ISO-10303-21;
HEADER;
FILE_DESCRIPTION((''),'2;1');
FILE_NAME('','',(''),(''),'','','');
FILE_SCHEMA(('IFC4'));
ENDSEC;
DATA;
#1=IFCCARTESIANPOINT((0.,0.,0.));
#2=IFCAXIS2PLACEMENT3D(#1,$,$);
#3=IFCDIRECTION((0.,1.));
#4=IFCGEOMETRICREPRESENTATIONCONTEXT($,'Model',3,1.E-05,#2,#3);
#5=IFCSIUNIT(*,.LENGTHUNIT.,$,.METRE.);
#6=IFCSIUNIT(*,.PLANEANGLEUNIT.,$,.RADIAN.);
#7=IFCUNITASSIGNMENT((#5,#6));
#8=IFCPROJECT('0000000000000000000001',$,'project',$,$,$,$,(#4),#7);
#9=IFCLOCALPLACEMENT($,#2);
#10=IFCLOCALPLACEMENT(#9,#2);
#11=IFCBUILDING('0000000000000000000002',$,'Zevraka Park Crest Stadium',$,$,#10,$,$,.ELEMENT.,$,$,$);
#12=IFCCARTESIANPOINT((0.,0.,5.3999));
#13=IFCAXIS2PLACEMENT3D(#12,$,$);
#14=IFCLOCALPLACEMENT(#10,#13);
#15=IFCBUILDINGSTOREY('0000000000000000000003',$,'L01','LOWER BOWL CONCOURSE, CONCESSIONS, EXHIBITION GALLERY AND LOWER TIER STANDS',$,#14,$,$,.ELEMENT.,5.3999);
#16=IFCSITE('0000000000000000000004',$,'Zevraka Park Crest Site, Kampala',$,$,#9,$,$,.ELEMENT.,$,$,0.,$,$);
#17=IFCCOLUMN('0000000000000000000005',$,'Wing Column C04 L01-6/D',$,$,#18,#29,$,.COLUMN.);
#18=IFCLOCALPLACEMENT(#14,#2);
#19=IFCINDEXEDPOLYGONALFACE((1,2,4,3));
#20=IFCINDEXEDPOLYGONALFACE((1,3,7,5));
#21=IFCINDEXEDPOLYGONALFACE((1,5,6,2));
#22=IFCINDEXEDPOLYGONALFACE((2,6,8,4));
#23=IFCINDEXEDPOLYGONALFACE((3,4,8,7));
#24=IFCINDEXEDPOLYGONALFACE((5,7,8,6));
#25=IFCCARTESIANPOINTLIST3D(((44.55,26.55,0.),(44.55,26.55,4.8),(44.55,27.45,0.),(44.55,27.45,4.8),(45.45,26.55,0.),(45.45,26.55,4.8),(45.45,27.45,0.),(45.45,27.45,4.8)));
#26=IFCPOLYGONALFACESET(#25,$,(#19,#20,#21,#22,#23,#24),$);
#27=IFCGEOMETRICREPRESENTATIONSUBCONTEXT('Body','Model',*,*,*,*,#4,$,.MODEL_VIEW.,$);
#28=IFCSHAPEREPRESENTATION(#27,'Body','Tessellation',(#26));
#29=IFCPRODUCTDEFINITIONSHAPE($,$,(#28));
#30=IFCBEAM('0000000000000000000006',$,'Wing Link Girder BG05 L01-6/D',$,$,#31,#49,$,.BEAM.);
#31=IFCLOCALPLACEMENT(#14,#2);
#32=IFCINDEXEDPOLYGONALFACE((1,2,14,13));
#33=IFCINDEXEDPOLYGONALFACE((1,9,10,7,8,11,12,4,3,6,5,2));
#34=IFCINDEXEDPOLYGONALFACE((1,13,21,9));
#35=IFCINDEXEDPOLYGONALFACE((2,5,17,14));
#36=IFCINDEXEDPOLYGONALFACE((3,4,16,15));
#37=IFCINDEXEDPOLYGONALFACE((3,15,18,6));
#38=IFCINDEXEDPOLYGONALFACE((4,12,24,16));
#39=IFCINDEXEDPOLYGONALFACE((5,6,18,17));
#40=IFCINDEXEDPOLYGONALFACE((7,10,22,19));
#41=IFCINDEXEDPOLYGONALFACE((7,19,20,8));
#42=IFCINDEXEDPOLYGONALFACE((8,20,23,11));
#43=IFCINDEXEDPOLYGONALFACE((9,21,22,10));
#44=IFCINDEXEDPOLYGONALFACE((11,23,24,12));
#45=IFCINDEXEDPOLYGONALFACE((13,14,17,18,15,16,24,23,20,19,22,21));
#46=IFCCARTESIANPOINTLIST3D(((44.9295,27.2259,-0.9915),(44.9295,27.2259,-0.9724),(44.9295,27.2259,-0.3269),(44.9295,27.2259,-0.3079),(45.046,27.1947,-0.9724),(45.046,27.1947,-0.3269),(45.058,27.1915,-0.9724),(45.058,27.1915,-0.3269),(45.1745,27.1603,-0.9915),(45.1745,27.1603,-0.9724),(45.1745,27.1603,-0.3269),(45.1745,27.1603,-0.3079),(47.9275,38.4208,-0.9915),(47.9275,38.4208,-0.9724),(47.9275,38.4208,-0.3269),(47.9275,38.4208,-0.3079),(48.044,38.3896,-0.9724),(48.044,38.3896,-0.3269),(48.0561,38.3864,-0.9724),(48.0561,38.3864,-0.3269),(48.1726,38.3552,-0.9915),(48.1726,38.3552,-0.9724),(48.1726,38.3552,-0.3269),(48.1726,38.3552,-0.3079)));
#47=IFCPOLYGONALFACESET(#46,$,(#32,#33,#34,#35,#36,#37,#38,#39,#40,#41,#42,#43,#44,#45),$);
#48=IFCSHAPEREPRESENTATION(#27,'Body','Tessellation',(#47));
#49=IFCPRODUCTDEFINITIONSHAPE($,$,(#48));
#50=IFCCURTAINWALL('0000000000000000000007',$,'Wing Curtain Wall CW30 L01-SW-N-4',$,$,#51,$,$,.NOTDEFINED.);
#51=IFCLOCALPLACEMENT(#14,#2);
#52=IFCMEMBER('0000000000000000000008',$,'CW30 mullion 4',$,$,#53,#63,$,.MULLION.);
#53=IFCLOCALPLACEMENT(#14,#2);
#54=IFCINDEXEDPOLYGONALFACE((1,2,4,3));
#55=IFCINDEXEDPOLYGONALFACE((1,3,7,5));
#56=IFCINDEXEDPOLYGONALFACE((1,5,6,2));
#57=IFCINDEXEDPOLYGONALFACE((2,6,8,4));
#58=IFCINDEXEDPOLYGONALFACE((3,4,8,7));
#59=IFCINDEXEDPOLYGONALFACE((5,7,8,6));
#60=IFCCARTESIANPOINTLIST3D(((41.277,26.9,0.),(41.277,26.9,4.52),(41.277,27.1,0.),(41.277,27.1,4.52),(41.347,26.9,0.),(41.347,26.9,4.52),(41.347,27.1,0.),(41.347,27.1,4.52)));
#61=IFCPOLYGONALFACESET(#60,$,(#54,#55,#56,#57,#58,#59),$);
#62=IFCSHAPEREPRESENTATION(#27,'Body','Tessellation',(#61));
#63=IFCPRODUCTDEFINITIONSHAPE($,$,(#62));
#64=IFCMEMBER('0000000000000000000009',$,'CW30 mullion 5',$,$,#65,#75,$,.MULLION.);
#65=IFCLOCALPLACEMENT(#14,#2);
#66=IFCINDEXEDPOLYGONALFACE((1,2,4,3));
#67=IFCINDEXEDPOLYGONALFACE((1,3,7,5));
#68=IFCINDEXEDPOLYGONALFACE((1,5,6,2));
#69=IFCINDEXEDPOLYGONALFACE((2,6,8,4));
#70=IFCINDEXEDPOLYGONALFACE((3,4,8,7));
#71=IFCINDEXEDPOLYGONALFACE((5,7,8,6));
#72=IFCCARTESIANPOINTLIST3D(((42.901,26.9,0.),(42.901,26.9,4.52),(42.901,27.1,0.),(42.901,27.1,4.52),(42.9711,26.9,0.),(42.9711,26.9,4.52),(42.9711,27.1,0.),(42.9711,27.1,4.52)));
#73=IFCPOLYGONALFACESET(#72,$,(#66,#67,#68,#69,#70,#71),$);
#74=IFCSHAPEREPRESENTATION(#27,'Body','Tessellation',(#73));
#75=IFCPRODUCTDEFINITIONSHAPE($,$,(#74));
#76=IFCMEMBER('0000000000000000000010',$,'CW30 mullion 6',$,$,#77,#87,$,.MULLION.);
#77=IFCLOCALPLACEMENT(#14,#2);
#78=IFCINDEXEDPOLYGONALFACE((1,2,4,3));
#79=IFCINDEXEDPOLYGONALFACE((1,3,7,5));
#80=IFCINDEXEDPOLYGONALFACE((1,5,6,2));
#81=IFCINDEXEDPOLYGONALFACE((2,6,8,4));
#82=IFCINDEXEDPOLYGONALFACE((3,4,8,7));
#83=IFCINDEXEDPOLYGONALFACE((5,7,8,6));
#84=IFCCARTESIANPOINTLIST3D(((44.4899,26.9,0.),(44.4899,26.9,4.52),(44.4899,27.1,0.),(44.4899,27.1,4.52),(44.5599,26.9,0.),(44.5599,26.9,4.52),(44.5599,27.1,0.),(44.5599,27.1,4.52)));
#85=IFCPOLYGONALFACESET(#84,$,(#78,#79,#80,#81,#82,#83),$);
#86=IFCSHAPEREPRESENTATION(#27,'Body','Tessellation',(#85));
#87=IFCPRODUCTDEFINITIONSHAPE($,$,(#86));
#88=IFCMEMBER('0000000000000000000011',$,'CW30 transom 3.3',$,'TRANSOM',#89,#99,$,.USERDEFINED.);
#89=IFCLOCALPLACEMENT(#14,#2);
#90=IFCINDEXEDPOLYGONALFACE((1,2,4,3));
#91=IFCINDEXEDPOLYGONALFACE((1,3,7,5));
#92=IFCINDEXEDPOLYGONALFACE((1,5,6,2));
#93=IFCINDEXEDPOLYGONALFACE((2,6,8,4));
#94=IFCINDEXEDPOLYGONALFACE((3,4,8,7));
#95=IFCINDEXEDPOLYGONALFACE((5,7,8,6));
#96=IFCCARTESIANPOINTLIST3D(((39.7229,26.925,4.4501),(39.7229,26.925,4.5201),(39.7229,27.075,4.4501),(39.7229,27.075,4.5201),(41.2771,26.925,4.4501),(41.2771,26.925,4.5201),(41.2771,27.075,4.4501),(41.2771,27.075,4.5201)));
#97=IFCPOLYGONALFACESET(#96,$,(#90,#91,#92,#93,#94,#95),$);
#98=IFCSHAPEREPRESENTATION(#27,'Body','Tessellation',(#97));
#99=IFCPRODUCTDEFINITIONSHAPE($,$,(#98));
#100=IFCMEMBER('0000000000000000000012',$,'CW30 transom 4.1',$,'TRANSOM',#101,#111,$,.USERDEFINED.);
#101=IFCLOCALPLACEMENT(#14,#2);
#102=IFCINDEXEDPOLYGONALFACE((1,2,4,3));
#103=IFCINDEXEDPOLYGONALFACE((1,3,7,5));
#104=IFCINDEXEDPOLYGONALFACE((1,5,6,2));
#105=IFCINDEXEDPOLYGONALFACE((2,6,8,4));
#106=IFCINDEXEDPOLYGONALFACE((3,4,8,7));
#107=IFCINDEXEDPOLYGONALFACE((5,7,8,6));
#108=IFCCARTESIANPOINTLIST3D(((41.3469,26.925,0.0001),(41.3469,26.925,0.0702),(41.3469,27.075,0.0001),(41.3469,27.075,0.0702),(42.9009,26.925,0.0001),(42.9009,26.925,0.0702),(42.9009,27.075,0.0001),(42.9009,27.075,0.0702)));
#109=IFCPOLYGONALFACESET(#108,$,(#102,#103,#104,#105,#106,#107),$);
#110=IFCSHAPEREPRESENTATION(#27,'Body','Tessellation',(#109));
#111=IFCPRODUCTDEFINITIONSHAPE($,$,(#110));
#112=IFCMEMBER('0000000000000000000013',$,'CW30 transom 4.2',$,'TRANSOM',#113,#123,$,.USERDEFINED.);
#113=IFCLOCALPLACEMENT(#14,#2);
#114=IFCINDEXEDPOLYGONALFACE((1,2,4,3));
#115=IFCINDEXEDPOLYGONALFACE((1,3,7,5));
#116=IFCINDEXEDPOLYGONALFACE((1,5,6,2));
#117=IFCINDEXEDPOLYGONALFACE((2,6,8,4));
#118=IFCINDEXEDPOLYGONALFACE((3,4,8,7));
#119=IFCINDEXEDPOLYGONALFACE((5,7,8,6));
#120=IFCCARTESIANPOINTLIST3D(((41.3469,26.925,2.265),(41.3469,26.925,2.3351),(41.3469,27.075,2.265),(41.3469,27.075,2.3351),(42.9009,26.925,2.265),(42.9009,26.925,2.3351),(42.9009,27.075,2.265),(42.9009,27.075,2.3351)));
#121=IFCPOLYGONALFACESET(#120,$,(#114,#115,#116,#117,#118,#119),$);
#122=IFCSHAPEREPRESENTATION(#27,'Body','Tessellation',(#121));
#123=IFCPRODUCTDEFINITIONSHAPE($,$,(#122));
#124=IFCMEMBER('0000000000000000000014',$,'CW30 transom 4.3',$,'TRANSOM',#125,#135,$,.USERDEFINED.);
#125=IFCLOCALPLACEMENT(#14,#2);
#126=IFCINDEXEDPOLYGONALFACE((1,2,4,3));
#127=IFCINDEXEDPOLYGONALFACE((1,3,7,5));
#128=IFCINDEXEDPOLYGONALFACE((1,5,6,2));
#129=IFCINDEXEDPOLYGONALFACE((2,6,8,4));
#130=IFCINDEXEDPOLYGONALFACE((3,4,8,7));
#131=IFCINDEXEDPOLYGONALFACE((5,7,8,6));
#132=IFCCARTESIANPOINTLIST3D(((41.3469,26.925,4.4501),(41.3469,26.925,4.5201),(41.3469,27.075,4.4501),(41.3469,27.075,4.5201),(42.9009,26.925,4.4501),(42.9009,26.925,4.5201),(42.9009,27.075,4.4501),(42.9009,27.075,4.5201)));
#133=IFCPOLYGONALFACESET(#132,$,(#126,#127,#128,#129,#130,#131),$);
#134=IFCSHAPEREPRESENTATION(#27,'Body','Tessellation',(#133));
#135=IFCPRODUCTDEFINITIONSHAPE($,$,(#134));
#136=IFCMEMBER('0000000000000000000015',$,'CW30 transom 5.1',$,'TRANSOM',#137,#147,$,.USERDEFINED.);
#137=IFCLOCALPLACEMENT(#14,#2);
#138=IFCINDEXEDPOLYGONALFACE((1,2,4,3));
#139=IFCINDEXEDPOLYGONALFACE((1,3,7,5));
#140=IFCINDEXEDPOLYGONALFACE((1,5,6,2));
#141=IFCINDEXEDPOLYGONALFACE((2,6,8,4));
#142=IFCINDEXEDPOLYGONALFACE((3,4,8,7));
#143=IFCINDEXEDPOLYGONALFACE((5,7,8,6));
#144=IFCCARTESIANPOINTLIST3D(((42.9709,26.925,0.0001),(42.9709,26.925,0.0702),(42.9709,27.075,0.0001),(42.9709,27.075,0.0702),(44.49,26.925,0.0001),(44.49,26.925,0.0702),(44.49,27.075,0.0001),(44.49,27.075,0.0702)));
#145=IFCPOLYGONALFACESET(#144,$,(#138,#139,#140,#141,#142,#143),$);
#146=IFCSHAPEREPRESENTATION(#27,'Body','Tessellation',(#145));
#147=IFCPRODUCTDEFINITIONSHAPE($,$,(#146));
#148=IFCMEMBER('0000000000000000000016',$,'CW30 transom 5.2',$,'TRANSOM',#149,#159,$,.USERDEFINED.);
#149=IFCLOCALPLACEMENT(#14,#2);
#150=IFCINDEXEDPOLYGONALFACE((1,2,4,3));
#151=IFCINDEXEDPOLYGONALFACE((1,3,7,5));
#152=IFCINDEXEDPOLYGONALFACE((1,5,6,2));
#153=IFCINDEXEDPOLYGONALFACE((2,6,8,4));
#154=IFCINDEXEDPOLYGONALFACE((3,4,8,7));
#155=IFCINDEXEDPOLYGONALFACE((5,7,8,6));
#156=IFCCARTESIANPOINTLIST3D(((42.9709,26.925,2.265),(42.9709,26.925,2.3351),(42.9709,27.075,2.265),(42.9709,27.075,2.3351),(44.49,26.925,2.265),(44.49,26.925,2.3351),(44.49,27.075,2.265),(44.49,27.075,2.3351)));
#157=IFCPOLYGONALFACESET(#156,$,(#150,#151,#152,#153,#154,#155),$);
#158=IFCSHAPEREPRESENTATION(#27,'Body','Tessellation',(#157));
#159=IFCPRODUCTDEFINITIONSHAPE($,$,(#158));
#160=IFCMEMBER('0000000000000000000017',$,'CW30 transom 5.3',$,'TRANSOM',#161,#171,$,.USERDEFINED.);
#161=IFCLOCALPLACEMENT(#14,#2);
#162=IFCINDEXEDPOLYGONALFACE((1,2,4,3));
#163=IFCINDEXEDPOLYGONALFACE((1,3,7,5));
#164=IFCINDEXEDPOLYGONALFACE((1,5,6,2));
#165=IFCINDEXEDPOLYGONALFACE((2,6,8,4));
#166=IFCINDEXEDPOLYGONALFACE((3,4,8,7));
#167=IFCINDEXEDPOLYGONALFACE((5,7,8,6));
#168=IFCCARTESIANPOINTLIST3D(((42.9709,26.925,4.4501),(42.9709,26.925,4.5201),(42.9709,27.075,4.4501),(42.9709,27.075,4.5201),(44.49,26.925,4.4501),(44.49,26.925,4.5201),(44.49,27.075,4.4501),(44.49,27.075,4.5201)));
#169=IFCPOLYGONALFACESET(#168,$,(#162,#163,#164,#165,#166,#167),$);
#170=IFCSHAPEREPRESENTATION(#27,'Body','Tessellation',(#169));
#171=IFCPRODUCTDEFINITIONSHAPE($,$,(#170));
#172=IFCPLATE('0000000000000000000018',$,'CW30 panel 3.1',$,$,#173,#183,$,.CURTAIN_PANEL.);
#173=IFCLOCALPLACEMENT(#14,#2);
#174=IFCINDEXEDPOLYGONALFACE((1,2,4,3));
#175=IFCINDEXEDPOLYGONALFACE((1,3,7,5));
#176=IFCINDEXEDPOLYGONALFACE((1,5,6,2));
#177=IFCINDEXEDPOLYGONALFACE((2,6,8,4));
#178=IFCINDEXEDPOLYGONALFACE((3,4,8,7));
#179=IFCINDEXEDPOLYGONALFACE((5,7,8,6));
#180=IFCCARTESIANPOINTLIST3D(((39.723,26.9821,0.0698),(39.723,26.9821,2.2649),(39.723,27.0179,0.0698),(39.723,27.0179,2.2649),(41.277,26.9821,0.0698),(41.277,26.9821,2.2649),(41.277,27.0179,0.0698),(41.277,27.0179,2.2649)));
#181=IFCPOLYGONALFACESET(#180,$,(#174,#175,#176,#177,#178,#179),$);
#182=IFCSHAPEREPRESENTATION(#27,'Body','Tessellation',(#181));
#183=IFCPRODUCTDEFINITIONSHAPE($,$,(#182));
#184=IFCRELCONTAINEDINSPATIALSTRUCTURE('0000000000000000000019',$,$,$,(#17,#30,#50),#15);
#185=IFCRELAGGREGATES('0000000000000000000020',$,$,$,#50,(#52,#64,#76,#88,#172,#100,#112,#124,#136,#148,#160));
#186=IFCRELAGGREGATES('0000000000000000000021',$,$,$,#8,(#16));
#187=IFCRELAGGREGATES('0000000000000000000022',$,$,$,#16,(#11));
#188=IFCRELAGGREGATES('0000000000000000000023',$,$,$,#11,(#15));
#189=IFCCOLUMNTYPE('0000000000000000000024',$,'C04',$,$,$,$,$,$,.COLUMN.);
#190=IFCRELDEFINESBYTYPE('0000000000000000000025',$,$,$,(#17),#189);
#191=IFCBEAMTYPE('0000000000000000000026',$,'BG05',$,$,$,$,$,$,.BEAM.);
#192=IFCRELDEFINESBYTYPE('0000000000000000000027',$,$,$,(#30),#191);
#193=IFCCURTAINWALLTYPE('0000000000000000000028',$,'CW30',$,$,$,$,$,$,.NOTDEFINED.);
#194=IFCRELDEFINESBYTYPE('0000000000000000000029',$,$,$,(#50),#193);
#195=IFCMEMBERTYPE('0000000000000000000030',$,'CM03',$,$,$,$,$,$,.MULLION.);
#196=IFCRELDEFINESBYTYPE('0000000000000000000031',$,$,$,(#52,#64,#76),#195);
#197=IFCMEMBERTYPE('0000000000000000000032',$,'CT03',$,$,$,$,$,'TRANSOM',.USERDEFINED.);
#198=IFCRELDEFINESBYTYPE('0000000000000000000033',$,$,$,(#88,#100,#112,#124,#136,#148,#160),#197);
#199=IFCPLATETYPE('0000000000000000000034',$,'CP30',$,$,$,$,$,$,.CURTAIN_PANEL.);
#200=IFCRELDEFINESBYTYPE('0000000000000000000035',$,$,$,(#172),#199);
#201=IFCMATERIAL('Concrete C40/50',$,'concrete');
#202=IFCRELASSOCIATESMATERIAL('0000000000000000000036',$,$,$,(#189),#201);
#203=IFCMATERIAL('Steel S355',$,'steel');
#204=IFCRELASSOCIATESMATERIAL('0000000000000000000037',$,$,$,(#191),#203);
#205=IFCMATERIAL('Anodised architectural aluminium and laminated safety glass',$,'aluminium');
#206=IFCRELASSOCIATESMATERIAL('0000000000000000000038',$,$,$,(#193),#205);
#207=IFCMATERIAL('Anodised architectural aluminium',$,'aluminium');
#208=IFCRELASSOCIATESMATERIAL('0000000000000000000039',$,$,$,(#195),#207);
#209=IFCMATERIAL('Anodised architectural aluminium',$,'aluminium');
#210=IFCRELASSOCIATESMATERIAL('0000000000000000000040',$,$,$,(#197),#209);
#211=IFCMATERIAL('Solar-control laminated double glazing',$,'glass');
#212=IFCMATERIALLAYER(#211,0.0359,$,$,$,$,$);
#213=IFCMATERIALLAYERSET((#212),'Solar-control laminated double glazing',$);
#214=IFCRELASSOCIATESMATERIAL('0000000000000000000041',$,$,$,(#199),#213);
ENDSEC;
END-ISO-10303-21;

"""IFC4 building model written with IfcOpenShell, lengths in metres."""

from ifc_helpers import new_model, si_unit, direction, frame, origin, origin_2d, place, context, subcontext, project, spatial, rectangle, i_section, extrude, material, layer, layer_set, material_profile, profile_set, type_object, element, aggregate, save


model = new_model("IFC4")

# Units and contexts
model_context = context("Model", 3, precision=1e-05, world=origin(), true_north=direction((0.0, 1.0)))
body_context = subcontext(model_context, "Body", "Model", "MODEL_VIEW")
ifc_project = project(units=[si_unit("LENGTHUNIT", "METRE"), si_unit("PLANEANGLEUNIT", "RADIAN")], contexts=[model_context])

# Site, building, storey
site_placement = place(None, origin())
site = spatial("IfcSite", under=ifc_project, at=site_placement, Name="Zevraka Park Crest Site, Kampala", CompositionType="ELEMENT", RefElevation=0.0)
building_placement = place(site_placement, origin())
building = spatial("IfcBuilding", under=site, at=building_placement, Name="Zevraka Park Crest Stadium", CompositionType="ELEMENT")
storey_placement = place(building_placement, frame((0.0, 0.0, 5.3999)))
storey = spatial("IfcBuildingStorey", under=building, at=storey_placement, Name="L01", Description="LOWER BOWL CONCOURSE, CONCESSIONS, EXHIBITION GALLERY AND LOWER TIER STANDS", CompositionType="ELEMENT", Elevation=5.3999)

# Column
ifc_material_1 = material(Name="Concrete C40/50", Category="concrete")
ifc_material_profile_1 = material_profile(ifc_material_1, rectangle(XDim=0.8999, YDim=0.8999, at=origin_2d()), Name="RC 900x900")
ifc_profile_set_1 = profile_set([ifc_material_profile_1], Name="Concrete C40/50")
column_type = type_object("IfcColumnType", Name="C04", PredefinedType="COLUMN", material=ifc_profile_set_1)
column_placement = place(storey_placement, frame((45.0, 27.0, 0.0), z_axis=(0.0, 0.0, 1.0), x_axis=(1.0, 0.0, 0.0)))
element("IfcColumn", 1, at=column_placement, inside=storey, type_object=column_type, Name="Wing Column C04 L01-6/D", PredefinedType="COLUMN", context=body_context, shape_type="SweptSolid", body=[
    extrude(rectangle(XDim=0.8999, YDim=0.8999, at=origin_2d()), origin(), (0.0, 0.0, 1.0), 4.8),
])

# Beam
ifc_material_2 = material(Name="Steel S355", Category="steel")
ifc_material_profile_2 = material_profile(ifc_material_2, i_section(OverallWidth=0.2537, OverallDepth=0.6836, WebThickness=0.0125, FlangeThickness=0.019, at=origin_2d()), Name="UKB 686x254x140")
ifc_profile_set_2 = profile_set([ifc_material_profile_2], Name="Steel S355")
beam_type = type_object("IfcBeamType", Name="BG05", PredefinedType="BEAM", material=ifc_profile_set_2)
beam_placement = place(storey_placement, frame((45.052, 27.1931, -0.6497), z_axis=(0.25869, 0.96596, 0.0), x_axis=(-0.96596, 0.25869, 0.0)))
element("IfcBeam", 2, at=beam_placement, inside=storey, type_object=beam_type, Name="Wing Link Girder BG05 L01-6/D", PredefinedType="BEAM", context=body_context, shape_type="SweptSolid", body=[
    extrude(i_section(OverallWidth=0.2537, OverallDepth=0.6836, WebThickness=0.0125, FlangeThickness=0.019, at=origin_2d()), origin(), (0.0, 0.0, 1.0), 11.5894),
])

# Curtain wall, members, plate
ifc_material_3 = material(Name="Anodised architectural aluminium and laminated safety glass", Category="aluminium")
curtain_wall_type = type_object("IfcCurtainWallType", Name="CW30", PredefinedType="NOTDEFINED", material=ifc_material_3)
curtain_wall_placement = place(storey_placement, origin())
curtain_wall = element("IfcCurtainWall", 3, at=curtain_wall_placement, inside=storey, type_object=curtain_wall_type, Name="Wing Curtain Wall CW30 L01-SW-N-4", PredefinedType="NOTDEFINED")
ifc_material_4 = material(Name="Anodised architectural aluminium", Category="aluminium")
ifc_material_profile_3 = material_profile(ifc_material_4, rectangle(XDim=0.2, YDim=0.0701, at=origin_2d()), Name="ALU MULLION 200x70")
ifc_profile_set_3 = profile_set([ifc_material_profile_3], Name="Anodised architectural aluminium")
member_type_1 = type_object("IfcMemberType", Name="CM03", PredefinedType="MULLION", material=ifc_profile_set_3)
member_1_placement = place(storey_placement, frame((41.312, 27.0, 0.0), z_axis=(0.0, 0.0, 1.0), x_axis=(0.0, 1.0, 0.0)))
member_1 = element("IfcMember", 4, at=member_1_placement, type_object=member_type_1, Name="CW30 mullion 4", PredefinedType="MULLION", context=body_context, shape_type="SweptSolid", body=[
    extrude(rectangle(XDim=0.2, YDim=0.0701, at=origin_2d()), origin(), (0.0, 0.0, 1.0), 4.52),
])
member_2_placement = place(storey_placement, frame((42.936, 27.0, 0.0), z_axis=(0.0, 0.0, 1.0), x_axis=(0.0, 1.0, 0.0)))
member_2 = element("IfcMember", 5, at=member_2_placement, type_object=member_type_1, Name="CW30 mullion 5", PredefinedType="MULLION", context=body_context, shape_type="SweptSolid", body=[
    extrude(rectangle(XDim=0.2, YDim=0.0701, at=origin_2d()), origin(), (0.0, 0.0, 1.0), 4.52),
])
member_3_placement = place(storey_placement, frame((44.5249, 27.0, 0.0), z_axis=(0.0, 0.0, 1.0), x_axis=(0.0, 1.0, 0.0)))
member_3 = element("IfcMember", 6, at=member_3_placement, type_object=member_type_1, Name="CW30 mullion 6", PredefinedType="MULLION", context=body_context, shape_type="SweptSolid", body=[
    extrude(rectangle(XDim=0.2, YDim=0.0701, at=origin_2d()), origin(), (0.0, 0.0, 1.0), 4.52),
])
ifc_material_5 = material(Name="Anodised architectural aluminium", Category="aluminium")
ifc_material_profile_4 = material_profile(ifc_material_5, rectangle(XDim=0.1499, YDim=0.0701, at=origin_2d()), Name="ALU TRANSOM 150x70")
ifc_profile_set_4 = profile_set([ifc_material_profile_4], Name="Anodised architectural aluminium")
member_type_2 = type_object("IfcMemberType", Name="CT03", ElementType="TRANSOM", PredefinedType="USERDEFINED", material=ifc_profile_set_4)
member_4_placement = place(storey_placement, frame((39.7229, 27.0, 4.4851), z_axis=(1.0, 0.0, 0.0), x_axis=(0.0, 1.0, 0.0)))
member_4 = element("IfcMember", 7, at=member_4_placement, type_object=member_type_2, Name="CW30 transom 3.3", ObjectType="TRANSOM", PredefinedType="USERDEFINED", context=body_context, shape_type="SweptSolid", body=[
    extrude(rectangle(XDim=0.1499, YDim=0.0701, at=origin_2d()), origin(), (0.0, 0.0, 1.0), 1.5542),
])
member_5_placement = place(storey_placement, frame((41.3469, 27.0, 0.0352), z_axis=(1.0, 0.0, 0.0), x_axis=(0.0, 1.0, 0.0)))
member_5 = element("IfcMember", 8, at=member_5_placement, type_object=member_type_2, Name="CW30 transom 4.1", ObjectType="TRANSOM", PredefinedType="USERDEFINED", context=body_context, shape_type="SweptSolid", body=[
    extrude(rectangle(XDim=0.1499, YDim=0.0701, at=origin_2d()), origin(), (0.0, 0.0, 1.0), 1.554),
])
member_6_placement = place(storey_placement, frame((41.3469, 27.0, 2.3), z_axis=(1.0, 0.0, 0.0), x_axis=(0.0, 1.0, 0.0)))
member_6 = element("IfcMember", 9, at=member_6_placement, type_object=member_type_2, Name="CW30 transom 4.2", ObjectType="TRANSOM", PredefinedType="USERDEFINED", context=body_context, shape_type="SweptSolid", body=[
    extrude(rectangle(XDim=0.1499, YDim=0.0701, at=origin_2d()), origin(), (0.0, 0.0, 1.0), 1.554),
])
member_7_placement = place(storey_placement, frame((41.3469, 27.0, 4.4851), z_axis=(1.0, 0.0, 0.0), x_axis=(0.0, 1.0, 0.0)))
member_7 = element("IfcMember", 10, at=member_7_placement, type_object=member_type_2, Name="CW30 transom 4.3", ObjectType="TRANSOM", PredefinedType="USERDEFINED", context=body_context, shape_type="SweptSolid", body=[
    extrude(rectangle(XDim=0.1499, YDim=0.0701, at=origin_2d()), origin(), (0.0, 0.0, 1.0), 1.554),
])
member_8_placement = place(storey_placement, frame((42.9709, 27.0, 0.0352), z_axis=(1.0, 0.0, 0.0), x_axis=(0.0, 1.0, 0.0)))
member_8 = element("IfcMember", 11, at=member_8_placement, type_object=member_type_2, Name="CW30 transom 5.1", ObjectType="TRANSOM", PredefinedType="USERDEFINED", context=body_context, shape_type="SweptSolid", body=[
    extrude(rectangle(XDim=0.1499, YDim=0.0701, at=origin_2d()), origin(), (0.0, 0.0, 1.0), 1.519),
])
member_9_placement = place(storey_placement, frame((42.9709, 27.0, 2.3), z_axis=(1.0, 0.0, 0.0), x_axis=(0.0, 1.0, 0.0)))
member_9 = element("IfcMember", 12, at=member_9_placement, type_object=member_type_2, Name="CW30 transom 5.2", ObjectType="TRANSOM", PredefinedType="USERDEFINED", context=body_context, shape_type="SweptSolid", body=[
    extrude(rectangle(XDim=0.1499, YDim=0.0701, at=origin_2d()), origin(), (0.0, 0.0, 1.0), 1.519),
])
member_10_placement = place(storey_placement, frame((42.9709, 27.0, 4.4851), z_axis=(1.0, 0.0, 0.0), x_axis=(0.0, 1.0, 0.0)))
member_10 = element("IfcMember", 13, at=member_10_placement, type_object=member_type_2, Name="CW30 transom 5.3", ObjectType="TRANSOM", PredefinedType="USERDEFINED", context=body_context, shape_type="SweptSolid", body=[
    extrude(rectangle(XDim=0.1499, YDim=0.0701, at=origin_2d()), origin(), (0.0, 0.0, 1.0), 1.519),
])
ifc_material_6 = material(Name="Solar-control laminated double glazing", Category="glass")
ifc_layer_1 = layer(ifc_material_6, 0.0359)
ifc_layer_set_1 = layer_set([ifc_layer_1], Name="Solar-control laminated double glazing")
plate_type = type_object("IfcPlateType", Name="CP30", PredefinedType="CURTAIN_PANEL", material=ifc_layer_set_1)
plate_1_placement = place(storey_placement, frame((40.5, 27.0, 0.0698), z_axis=(0.0, 0.0, 1.0), x_axis=(1.0, 0.0, 0.0)))
plate_1 = element("IfcPlate", 14, at=plate_1_placement, type_object=plate_type, Name="CW30 panel 3.1", PredefinedType="CURTAIN_PANEL", context=body_context, shape_type="SweptSolid", body=[
    extrude(rectangle(XDim=1.554, YDim=0.0359, at=origin_2d()), origin(), (0.0, 0.0, 1.0), 2.1951),
])
aggregate(curtain_wall, [member_1, member_2, member_3, member_4, plate_1, member_5, member_6, member_7, member_8, member_9, member_10])

save(model, "model.ifc")
